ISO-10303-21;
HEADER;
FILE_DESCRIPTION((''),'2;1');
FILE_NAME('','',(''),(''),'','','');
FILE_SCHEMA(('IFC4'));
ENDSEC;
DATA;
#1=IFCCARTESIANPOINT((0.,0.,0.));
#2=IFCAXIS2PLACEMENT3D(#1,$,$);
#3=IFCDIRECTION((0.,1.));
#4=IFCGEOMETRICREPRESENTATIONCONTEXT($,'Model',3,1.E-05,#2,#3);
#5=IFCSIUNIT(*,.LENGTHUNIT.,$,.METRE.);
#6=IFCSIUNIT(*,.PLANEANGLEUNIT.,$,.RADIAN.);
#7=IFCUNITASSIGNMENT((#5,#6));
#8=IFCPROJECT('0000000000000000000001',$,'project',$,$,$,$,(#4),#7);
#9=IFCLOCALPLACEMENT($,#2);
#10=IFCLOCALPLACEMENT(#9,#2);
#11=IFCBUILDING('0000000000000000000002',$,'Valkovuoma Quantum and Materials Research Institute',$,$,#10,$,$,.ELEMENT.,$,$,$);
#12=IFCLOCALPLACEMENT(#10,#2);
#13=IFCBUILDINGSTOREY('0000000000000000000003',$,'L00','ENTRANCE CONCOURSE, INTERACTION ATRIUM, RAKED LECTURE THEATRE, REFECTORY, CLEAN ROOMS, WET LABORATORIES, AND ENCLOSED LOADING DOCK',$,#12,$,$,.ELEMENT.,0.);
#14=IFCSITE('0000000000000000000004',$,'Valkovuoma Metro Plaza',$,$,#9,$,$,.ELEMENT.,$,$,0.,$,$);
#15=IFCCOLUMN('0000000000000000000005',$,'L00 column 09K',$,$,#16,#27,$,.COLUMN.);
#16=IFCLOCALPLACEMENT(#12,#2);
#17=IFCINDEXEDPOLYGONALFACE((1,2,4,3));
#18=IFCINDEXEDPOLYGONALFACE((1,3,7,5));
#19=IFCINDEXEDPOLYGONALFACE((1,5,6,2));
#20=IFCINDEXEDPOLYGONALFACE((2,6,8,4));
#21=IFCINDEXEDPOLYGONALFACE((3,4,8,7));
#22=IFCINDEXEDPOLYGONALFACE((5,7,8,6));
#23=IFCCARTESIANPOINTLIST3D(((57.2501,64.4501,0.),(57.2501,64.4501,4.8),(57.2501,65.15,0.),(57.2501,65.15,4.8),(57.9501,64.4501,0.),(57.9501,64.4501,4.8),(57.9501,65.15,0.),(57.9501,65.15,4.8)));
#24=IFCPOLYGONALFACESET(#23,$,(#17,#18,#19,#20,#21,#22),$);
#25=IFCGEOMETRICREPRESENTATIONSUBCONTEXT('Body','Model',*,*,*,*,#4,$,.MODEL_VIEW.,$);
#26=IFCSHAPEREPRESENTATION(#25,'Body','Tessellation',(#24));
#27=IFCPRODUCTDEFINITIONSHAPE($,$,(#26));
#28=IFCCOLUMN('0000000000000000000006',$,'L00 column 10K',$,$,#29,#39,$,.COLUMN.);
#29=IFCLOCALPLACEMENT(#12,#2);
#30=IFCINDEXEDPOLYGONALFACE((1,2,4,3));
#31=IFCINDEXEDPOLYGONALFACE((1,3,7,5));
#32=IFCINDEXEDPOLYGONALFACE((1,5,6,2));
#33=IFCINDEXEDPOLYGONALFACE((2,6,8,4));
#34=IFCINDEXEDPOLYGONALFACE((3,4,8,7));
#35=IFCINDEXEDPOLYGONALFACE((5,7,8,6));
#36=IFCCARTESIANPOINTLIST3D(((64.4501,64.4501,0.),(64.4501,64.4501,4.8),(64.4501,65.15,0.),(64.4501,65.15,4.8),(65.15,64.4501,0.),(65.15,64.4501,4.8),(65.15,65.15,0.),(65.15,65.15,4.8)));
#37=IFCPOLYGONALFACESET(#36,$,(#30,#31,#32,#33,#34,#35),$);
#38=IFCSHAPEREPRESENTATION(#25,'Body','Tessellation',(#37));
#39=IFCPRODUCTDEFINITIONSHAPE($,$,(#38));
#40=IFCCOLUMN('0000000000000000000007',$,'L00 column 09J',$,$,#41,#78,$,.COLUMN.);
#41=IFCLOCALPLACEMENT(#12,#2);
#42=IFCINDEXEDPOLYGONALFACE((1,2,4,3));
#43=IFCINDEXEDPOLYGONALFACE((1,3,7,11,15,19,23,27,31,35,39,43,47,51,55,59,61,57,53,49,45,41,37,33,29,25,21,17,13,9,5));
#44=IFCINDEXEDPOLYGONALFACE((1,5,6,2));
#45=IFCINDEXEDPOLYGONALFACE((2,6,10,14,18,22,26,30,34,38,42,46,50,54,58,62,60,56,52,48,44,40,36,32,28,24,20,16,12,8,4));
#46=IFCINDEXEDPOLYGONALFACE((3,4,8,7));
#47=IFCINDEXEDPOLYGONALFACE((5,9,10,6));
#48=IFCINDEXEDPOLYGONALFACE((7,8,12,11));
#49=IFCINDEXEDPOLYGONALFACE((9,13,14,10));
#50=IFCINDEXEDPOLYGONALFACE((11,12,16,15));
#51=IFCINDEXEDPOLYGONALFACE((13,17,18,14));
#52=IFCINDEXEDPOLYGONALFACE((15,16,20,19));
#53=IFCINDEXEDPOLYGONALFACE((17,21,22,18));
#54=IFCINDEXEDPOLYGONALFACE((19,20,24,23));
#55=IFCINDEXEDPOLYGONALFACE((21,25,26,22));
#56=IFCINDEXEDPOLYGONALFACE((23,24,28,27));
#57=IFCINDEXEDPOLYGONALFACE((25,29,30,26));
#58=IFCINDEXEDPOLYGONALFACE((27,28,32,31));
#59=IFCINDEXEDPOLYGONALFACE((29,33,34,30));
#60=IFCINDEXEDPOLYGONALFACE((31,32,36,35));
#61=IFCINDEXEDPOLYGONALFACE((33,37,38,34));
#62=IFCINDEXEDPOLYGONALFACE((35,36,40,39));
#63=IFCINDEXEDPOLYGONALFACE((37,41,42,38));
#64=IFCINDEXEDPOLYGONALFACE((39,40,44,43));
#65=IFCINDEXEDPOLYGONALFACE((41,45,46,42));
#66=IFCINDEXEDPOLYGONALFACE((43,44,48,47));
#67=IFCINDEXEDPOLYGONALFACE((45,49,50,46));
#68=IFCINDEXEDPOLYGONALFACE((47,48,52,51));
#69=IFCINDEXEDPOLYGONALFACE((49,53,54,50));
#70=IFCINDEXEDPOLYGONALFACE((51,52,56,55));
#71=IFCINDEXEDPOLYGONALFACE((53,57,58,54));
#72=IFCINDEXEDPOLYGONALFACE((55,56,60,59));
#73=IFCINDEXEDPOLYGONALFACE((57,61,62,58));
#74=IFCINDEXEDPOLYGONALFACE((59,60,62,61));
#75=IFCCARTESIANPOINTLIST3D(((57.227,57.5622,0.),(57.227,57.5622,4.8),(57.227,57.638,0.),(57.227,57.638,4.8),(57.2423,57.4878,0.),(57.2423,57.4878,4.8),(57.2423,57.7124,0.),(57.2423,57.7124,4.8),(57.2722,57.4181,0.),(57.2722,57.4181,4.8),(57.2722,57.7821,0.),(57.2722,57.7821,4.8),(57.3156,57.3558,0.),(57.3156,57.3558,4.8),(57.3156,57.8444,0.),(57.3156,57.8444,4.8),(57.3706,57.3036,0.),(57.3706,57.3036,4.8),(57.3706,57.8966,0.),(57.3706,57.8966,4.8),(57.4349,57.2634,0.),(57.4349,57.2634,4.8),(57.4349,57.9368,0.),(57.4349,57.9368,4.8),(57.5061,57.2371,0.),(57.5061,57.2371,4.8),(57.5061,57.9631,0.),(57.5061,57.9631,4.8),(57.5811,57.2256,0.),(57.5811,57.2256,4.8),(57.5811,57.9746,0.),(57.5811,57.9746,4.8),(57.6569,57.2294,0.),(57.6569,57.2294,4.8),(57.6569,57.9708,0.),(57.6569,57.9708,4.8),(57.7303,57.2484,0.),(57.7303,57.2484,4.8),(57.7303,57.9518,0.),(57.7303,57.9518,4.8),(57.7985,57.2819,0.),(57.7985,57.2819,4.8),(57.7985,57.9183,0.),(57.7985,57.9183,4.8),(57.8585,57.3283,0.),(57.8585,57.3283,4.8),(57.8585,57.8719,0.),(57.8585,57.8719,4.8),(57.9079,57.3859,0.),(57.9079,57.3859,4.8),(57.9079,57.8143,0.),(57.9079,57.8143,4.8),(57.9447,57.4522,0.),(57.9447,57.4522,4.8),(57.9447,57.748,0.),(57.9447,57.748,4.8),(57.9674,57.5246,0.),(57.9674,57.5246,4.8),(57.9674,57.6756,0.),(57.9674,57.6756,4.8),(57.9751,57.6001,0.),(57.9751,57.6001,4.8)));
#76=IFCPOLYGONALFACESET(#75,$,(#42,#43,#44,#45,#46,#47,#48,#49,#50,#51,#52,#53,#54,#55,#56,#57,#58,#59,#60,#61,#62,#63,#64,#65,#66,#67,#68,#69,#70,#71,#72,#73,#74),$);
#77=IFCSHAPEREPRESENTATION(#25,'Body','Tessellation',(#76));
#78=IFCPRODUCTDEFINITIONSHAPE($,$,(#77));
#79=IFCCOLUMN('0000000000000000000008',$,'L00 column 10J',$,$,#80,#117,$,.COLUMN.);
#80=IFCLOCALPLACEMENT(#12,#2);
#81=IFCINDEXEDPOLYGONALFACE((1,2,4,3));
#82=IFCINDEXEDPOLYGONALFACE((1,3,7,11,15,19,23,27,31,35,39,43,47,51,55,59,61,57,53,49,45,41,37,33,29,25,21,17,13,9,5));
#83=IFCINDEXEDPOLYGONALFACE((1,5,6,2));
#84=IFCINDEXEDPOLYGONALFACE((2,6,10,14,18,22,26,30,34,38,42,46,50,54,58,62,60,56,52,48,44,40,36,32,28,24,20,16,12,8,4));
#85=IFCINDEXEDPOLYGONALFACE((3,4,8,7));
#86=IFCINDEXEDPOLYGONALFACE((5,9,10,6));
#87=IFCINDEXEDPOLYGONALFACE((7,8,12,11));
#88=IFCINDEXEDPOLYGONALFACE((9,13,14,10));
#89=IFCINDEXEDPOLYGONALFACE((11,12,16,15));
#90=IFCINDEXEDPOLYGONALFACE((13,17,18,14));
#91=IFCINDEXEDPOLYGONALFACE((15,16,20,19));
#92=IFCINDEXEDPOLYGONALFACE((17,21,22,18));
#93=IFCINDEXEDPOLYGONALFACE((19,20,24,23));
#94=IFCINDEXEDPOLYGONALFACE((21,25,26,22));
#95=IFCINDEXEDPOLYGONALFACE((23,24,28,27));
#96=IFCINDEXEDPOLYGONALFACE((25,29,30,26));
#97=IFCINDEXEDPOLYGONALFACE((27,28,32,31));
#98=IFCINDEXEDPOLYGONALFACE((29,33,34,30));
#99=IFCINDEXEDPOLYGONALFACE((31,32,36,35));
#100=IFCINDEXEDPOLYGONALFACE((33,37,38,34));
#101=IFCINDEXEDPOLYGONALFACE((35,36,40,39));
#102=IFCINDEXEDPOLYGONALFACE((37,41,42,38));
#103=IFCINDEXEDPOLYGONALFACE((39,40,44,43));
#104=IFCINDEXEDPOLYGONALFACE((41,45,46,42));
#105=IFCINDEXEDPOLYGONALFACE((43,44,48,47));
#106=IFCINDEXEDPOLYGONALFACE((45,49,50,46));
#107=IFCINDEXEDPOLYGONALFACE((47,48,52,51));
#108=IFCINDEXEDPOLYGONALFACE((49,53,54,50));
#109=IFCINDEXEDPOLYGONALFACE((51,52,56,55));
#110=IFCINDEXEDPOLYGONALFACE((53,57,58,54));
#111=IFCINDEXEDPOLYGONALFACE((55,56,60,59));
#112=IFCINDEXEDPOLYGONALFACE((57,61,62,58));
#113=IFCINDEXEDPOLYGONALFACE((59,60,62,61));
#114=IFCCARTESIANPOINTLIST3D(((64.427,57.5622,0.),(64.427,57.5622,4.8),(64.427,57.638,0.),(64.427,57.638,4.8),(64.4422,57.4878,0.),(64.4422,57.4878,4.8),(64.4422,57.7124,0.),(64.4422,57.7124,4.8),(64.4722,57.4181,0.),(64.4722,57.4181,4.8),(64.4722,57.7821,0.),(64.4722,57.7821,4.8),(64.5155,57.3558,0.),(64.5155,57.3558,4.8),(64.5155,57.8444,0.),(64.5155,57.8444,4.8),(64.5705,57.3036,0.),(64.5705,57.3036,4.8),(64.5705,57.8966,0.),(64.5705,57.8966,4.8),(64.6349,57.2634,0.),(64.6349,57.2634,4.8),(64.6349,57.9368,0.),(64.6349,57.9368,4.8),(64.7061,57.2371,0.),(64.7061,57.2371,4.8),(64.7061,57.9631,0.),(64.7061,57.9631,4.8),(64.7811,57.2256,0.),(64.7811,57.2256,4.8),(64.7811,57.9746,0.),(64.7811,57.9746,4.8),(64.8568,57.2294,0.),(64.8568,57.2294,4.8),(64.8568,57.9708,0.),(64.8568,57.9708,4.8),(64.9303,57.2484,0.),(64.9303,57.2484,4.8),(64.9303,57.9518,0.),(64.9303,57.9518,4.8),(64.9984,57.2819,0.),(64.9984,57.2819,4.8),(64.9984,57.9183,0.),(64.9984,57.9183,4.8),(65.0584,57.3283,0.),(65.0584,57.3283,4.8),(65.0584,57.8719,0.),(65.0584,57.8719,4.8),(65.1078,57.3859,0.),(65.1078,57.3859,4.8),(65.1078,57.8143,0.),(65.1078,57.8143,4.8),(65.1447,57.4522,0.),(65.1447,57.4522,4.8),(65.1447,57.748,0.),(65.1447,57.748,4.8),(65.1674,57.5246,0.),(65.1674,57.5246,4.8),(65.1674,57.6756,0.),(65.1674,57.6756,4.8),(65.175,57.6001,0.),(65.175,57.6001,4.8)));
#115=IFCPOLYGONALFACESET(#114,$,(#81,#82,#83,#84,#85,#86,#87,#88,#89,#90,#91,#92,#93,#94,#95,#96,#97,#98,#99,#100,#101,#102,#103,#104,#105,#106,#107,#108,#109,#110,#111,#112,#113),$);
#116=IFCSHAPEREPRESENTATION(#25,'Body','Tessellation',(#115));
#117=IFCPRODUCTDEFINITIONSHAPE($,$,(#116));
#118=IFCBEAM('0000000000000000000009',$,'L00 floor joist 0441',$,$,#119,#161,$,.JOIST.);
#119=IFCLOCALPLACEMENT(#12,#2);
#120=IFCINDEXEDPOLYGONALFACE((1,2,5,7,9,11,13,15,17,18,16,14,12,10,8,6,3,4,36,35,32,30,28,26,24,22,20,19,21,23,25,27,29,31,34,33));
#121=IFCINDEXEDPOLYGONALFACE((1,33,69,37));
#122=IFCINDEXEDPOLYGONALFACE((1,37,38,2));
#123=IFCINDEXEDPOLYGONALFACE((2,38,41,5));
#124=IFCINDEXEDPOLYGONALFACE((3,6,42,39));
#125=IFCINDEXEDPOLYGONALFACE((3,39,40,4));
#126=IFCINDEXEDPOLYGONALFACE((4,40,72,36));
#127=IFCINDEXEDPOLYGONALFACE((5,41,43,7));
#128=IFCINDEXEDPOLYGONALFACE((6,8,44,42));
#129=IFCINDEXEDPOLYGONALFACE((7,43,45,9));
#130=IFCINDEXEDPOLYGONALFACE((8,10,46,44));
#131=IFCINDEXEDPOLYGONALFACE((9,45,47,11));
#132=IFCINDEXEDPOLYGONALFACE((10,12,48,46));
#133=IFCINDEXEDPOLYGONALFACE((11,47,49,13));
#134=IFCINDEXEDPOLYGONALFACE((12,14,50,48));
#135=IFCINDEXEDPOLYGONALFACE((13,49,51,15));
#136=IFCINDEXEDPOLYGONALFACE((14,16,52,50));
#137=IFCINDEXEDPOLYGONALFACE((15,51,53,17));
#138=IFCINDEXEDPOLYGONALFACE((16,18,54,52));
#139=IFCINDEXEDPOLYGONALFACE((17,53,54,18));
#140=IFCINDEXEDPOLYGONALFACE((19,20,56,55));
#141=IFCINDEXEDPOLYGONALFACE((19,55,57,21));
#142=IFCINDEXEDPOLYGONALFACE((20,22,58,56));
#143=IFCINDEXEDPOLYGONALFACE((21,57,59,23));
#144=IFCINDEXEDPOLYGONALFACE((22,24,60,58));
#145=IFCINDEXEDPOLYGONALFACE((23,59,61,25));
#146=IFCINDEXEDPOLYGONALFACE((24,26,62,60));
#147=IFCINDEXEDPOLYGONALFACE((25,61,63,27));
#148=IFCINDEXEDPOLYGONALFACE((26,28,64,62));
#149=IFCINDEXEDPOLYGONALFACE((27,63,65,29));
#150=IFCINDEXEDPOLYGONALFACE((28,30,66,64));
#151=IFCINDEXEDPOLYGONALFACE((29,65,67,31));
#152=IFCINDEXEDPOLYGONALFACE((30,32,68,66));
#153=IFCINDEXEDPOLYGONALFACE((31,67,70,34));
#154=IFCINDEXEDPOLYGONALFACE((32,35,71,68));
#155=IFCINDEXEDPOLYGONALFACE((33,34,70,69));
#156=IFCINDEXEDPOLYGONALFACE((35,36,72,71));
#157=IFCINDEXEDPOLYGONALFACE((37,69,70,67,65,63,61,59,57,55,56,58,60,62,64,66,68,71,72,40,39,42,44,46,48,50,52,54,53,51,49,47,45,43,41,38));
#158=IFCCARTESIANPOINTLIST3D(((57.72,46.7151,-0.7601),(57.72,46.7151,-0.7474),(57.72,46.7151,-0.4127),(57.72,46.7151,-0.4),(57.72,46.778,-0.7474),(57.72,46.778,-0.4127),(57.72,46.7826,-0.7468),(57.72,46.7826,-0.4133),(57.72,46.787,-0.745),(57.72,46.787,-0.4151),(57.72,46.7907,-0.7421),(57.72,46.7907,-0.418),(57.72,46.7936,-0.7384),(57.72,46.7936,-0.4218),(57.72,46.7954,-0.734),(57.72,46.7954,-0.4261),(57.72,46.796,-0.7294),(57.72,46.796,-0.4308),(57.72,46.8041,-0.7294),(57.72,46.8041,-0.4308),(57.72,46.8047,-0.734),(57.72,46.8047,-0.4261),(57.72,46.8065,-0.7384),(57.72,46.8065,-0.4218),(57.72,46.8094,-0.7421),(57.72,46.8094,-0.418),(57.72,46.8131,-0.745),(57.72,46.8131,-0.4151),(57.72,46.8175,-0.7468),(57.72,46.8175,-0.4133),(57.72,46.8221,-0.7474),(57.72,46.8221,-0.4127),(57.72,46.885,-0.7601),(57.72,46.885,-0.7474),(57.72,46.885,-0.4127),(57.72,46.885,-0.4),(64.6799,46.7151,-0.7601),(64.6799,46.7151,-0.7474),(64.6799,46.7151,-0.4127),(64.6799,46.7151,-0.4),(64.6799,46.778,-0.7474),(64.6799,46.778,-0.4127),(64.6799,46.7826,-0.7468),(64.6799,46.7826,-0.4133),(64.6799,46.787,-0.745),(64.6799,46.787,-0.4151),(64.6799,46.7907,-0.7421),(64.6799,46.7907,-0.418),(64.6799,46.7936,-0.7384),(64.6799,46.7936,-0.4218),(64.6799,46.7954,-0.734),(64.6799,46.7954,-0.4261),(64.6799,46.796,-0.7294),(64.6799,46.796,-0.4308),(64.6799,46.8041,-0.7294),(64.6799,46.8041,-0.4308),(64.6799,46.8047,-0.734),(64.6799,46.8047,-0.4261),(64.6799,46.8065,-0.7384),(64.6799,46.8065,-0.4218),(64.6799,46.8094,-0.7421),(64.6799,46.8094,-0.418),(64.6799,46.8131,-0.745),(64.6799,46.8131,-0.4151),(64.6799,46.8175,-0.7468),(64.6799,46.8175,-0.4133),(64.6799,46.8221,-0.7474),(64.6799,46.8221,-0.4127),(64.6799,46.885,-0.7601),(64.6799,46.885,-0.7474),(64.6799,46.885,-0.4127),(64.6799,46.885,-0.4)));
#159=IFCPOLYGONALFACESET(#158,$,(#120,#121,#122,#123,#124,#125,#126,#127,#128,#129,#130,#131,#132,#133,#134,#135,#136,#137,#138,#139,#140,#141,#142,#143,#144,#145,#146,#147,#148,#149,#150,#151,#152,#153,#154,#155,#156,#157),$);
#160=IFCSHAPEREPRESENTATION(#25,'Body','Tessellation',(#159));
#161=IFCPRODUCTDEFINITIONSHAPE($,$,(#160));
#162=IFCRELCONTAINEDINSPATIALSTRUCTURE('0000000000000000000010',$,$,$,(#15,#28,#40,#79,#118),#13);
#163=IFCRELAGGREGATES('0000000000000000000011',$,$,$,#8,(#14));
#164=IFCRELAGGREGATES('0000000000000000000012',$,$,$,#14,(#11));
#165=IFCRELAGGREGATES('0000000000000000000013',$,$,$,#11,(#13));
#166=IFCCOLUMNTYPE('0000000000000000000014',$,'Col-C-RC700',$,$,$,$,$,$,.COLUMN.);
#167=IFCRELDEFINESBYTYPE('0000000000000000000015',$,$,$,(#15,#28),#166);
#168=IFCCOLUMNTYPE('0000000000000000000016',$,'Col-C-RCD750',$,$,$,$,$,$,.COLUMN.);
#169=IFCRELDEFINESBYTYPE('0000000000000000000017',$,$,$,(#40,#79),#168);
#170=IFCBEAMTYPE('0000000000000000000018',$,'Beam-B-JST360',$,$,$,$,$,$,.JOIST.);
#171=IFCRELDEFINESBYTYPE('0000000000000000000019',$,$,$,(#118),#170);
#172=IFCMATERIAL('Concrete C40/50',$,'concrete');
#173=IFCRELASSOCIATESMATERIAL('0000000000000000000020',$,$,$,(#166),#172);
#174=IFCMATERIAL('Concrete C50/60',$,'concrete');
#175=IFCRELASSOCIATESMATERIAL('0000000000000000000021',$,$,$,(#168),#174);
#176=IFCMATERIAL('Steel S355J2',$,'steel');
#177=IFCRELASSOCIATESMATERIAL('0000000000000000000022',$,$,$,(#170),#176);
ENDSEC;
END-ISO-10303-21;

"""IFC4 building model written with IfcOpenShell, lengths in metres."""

from ifc_helpers import new_model, si_unit, direction, frame, origin, origin_2d, place, context, subcontext, project, spatial, rectangle, circle, i_section, extrude, material, material_profile, profile_set, type_object, element, save


model = new_model("IFC4")

# Units and contexts
model_context = context("Model", 3, precision=1e-05, world=origin(), true_north=direction((0.0, 1.0)))
body_context = subcontext(model_context, "Body", "Model", "MODEL_VIEW")
ifc_project = project(units=[si_unit("LENGTHUNIT", "METRE"), si_unit("PLANEANGLEUNIT", "RADIAN")], contexts=[model_context])

# Site, building, storey
site_placement = place(None, origin())
site = spatial("IfcSite", under=ifc_project, at=site_placement, Name="Valkovuoma Metro Plaza", CompositionType="ELEMENT", RefElevation=0.0)
building_placement = place(site_placement, origin())
building = spatial("IfcBuilding", under=site, at=building_placement, Name="Valkovuoma Quantum and Materials Research Institute", CompositionType="ELEMENT")
storey_placement = place(building_placement, origin())
storey = spatial("IfcBuildingStorey", under=building, at=storey_placement, Name="L00", Description="ENTRANCE CONCOURSE, INTERACTION ATRIUM, RAKED LECTURE THEATRE, REFECTORY, CLEAN ROOMS, WET LABORATORIES, AND ENCLOSED LOADING DOCK", CompositionType="ELEMENT", Elevation=0.0)

# Columns
ifc_material_1 = material(Name="Concrete C40/50", Category="concrete")
ifc_material_profile_1 = material_profile(ifc_material_1, rectangle(XDim=0.7, YDim=0.7, at=origin_2d()), Name="Concrete C40/50")
ifc_profile_set_1 = profile_set([ifc_material_profile_1], Name="Concrete C40/50")
column_type_1 = type_object("IfcColumnType", Name="Col-C-RC700", PredefinedType="COLUMN", material=ifc_profile_set_1)
for number, where, z_axis, x_axis, name in (
    (1, (57.6001, 64.8, 0.0), (0.0, 0.0, 1.0), (1.0, 0.0, 0.0), "L00 column 09K"),
    (2, (64.8, 64.8, 0.0), (0.0, 0.0, 1.0), (1.0, 0.0, 0.0), "L00 column 10K"),
):
    element("IfcColumn", number, at=place(storey_placement, frame(where, z_axis=z_axis, x_axis=x_axis)), inside=storey, type_object=column_type_1, Name=name, PredefinedType="COLUMN", context=body_context, shape_type="SweptSolid", body=[
        extrude(rectangle(XDim=0.7, YDim=0.7, at=origin_2d()), origin(), (0.0, 0.0, 1.0), 4.8),
    ])
ifc_material_2 = material(Name="Concrete C50/60", Category="concrete")
ifc_material_profile_2 = material_profile(ifc_material_2, circle(Radius=0.375, at=origin_2d()), Name="Concrete C50/60")
ifc_profile_set_2 = profile_set([ifc_material_profile_2], Name="Concrete C50/60")
column_type_2 = type_object("IfcColumnType", Name="Col-C-RCD750", PredefinedType="COLUMN", material=ifc_profile_set_2)
for number, where, z_axis, x_axis, name in (
    (3, (57.6001, 57.6001, 0.0), (0.0, 0.0, 1.0), (1.0, 0.0, 0.0), "L00 column 09J"),
    (4, (64.8, 57.6001, 0.0), (0.0, 0.0, 1.0), (1.0, 0.0, 0.0), "L00 column 10J"),
):
    element("IfcColumn", number, at=place(storey_placement, frame(where, z_axis=z_axis, x_axis=x_axis)), inside=storey, type_object=column_type_2, Name=name, PredefinedType="COLUMN", context=body_context, shape_type="SweptSolid", body=[
        extrude(circle(Radius=0.375, at=origin_2d()), origin(), (0.0, 0.0, 1.0), 4.8),
    ])

# Beam
ifc_material_3 = material(Name="Steel S355J2", Category="steel")
ifc_material_profile_3 = material_profile(ifc_material_3, i_section(OverallWidth=0.1699, OverallDepth=0.3601, WebThickness=0.0081, FlangeThickness=0.0127, FilletRadius=0.0181, at=origin_2d()), Name="Steel S355J2")
ifc_profile_set_3 = profile_set([ifc_material_profile_3], Name="Steel S355J2")
beam_type_1 = type_object("IfcBeamType", Name="Beam-B-JST360", PredefinedType="JOIST", material=ifc_profile_set_3)
for number, where, z_axis, x_axis, name in (
    (5, (57.72, 46.8, -0.5801), (1.0, 0.0, 0.0), (0.0, 1.0, 0.0), "L00 floor joist 0441"),
):
    element("IfcBeam", number, at=place(storey_placement, frame(where, z_axis=z_axis, x_axis=x_axis)), inside=storey, type_object=beam_type_1, Name=name, PredefinedType="JOIST", context=body_context, shape_type="SweptSolid", body=[
        extrude(i_section(OverallWidth=0.1699, OverallDepth=0.3601, WebThickness=0.0081, FlangeThickness=0.0127, FilletRadius=0.0181, at=origin_2d()), origin(), (0.0, 0.0, 1.0), 6.96),
    ])

save(model, "model.ifc")
